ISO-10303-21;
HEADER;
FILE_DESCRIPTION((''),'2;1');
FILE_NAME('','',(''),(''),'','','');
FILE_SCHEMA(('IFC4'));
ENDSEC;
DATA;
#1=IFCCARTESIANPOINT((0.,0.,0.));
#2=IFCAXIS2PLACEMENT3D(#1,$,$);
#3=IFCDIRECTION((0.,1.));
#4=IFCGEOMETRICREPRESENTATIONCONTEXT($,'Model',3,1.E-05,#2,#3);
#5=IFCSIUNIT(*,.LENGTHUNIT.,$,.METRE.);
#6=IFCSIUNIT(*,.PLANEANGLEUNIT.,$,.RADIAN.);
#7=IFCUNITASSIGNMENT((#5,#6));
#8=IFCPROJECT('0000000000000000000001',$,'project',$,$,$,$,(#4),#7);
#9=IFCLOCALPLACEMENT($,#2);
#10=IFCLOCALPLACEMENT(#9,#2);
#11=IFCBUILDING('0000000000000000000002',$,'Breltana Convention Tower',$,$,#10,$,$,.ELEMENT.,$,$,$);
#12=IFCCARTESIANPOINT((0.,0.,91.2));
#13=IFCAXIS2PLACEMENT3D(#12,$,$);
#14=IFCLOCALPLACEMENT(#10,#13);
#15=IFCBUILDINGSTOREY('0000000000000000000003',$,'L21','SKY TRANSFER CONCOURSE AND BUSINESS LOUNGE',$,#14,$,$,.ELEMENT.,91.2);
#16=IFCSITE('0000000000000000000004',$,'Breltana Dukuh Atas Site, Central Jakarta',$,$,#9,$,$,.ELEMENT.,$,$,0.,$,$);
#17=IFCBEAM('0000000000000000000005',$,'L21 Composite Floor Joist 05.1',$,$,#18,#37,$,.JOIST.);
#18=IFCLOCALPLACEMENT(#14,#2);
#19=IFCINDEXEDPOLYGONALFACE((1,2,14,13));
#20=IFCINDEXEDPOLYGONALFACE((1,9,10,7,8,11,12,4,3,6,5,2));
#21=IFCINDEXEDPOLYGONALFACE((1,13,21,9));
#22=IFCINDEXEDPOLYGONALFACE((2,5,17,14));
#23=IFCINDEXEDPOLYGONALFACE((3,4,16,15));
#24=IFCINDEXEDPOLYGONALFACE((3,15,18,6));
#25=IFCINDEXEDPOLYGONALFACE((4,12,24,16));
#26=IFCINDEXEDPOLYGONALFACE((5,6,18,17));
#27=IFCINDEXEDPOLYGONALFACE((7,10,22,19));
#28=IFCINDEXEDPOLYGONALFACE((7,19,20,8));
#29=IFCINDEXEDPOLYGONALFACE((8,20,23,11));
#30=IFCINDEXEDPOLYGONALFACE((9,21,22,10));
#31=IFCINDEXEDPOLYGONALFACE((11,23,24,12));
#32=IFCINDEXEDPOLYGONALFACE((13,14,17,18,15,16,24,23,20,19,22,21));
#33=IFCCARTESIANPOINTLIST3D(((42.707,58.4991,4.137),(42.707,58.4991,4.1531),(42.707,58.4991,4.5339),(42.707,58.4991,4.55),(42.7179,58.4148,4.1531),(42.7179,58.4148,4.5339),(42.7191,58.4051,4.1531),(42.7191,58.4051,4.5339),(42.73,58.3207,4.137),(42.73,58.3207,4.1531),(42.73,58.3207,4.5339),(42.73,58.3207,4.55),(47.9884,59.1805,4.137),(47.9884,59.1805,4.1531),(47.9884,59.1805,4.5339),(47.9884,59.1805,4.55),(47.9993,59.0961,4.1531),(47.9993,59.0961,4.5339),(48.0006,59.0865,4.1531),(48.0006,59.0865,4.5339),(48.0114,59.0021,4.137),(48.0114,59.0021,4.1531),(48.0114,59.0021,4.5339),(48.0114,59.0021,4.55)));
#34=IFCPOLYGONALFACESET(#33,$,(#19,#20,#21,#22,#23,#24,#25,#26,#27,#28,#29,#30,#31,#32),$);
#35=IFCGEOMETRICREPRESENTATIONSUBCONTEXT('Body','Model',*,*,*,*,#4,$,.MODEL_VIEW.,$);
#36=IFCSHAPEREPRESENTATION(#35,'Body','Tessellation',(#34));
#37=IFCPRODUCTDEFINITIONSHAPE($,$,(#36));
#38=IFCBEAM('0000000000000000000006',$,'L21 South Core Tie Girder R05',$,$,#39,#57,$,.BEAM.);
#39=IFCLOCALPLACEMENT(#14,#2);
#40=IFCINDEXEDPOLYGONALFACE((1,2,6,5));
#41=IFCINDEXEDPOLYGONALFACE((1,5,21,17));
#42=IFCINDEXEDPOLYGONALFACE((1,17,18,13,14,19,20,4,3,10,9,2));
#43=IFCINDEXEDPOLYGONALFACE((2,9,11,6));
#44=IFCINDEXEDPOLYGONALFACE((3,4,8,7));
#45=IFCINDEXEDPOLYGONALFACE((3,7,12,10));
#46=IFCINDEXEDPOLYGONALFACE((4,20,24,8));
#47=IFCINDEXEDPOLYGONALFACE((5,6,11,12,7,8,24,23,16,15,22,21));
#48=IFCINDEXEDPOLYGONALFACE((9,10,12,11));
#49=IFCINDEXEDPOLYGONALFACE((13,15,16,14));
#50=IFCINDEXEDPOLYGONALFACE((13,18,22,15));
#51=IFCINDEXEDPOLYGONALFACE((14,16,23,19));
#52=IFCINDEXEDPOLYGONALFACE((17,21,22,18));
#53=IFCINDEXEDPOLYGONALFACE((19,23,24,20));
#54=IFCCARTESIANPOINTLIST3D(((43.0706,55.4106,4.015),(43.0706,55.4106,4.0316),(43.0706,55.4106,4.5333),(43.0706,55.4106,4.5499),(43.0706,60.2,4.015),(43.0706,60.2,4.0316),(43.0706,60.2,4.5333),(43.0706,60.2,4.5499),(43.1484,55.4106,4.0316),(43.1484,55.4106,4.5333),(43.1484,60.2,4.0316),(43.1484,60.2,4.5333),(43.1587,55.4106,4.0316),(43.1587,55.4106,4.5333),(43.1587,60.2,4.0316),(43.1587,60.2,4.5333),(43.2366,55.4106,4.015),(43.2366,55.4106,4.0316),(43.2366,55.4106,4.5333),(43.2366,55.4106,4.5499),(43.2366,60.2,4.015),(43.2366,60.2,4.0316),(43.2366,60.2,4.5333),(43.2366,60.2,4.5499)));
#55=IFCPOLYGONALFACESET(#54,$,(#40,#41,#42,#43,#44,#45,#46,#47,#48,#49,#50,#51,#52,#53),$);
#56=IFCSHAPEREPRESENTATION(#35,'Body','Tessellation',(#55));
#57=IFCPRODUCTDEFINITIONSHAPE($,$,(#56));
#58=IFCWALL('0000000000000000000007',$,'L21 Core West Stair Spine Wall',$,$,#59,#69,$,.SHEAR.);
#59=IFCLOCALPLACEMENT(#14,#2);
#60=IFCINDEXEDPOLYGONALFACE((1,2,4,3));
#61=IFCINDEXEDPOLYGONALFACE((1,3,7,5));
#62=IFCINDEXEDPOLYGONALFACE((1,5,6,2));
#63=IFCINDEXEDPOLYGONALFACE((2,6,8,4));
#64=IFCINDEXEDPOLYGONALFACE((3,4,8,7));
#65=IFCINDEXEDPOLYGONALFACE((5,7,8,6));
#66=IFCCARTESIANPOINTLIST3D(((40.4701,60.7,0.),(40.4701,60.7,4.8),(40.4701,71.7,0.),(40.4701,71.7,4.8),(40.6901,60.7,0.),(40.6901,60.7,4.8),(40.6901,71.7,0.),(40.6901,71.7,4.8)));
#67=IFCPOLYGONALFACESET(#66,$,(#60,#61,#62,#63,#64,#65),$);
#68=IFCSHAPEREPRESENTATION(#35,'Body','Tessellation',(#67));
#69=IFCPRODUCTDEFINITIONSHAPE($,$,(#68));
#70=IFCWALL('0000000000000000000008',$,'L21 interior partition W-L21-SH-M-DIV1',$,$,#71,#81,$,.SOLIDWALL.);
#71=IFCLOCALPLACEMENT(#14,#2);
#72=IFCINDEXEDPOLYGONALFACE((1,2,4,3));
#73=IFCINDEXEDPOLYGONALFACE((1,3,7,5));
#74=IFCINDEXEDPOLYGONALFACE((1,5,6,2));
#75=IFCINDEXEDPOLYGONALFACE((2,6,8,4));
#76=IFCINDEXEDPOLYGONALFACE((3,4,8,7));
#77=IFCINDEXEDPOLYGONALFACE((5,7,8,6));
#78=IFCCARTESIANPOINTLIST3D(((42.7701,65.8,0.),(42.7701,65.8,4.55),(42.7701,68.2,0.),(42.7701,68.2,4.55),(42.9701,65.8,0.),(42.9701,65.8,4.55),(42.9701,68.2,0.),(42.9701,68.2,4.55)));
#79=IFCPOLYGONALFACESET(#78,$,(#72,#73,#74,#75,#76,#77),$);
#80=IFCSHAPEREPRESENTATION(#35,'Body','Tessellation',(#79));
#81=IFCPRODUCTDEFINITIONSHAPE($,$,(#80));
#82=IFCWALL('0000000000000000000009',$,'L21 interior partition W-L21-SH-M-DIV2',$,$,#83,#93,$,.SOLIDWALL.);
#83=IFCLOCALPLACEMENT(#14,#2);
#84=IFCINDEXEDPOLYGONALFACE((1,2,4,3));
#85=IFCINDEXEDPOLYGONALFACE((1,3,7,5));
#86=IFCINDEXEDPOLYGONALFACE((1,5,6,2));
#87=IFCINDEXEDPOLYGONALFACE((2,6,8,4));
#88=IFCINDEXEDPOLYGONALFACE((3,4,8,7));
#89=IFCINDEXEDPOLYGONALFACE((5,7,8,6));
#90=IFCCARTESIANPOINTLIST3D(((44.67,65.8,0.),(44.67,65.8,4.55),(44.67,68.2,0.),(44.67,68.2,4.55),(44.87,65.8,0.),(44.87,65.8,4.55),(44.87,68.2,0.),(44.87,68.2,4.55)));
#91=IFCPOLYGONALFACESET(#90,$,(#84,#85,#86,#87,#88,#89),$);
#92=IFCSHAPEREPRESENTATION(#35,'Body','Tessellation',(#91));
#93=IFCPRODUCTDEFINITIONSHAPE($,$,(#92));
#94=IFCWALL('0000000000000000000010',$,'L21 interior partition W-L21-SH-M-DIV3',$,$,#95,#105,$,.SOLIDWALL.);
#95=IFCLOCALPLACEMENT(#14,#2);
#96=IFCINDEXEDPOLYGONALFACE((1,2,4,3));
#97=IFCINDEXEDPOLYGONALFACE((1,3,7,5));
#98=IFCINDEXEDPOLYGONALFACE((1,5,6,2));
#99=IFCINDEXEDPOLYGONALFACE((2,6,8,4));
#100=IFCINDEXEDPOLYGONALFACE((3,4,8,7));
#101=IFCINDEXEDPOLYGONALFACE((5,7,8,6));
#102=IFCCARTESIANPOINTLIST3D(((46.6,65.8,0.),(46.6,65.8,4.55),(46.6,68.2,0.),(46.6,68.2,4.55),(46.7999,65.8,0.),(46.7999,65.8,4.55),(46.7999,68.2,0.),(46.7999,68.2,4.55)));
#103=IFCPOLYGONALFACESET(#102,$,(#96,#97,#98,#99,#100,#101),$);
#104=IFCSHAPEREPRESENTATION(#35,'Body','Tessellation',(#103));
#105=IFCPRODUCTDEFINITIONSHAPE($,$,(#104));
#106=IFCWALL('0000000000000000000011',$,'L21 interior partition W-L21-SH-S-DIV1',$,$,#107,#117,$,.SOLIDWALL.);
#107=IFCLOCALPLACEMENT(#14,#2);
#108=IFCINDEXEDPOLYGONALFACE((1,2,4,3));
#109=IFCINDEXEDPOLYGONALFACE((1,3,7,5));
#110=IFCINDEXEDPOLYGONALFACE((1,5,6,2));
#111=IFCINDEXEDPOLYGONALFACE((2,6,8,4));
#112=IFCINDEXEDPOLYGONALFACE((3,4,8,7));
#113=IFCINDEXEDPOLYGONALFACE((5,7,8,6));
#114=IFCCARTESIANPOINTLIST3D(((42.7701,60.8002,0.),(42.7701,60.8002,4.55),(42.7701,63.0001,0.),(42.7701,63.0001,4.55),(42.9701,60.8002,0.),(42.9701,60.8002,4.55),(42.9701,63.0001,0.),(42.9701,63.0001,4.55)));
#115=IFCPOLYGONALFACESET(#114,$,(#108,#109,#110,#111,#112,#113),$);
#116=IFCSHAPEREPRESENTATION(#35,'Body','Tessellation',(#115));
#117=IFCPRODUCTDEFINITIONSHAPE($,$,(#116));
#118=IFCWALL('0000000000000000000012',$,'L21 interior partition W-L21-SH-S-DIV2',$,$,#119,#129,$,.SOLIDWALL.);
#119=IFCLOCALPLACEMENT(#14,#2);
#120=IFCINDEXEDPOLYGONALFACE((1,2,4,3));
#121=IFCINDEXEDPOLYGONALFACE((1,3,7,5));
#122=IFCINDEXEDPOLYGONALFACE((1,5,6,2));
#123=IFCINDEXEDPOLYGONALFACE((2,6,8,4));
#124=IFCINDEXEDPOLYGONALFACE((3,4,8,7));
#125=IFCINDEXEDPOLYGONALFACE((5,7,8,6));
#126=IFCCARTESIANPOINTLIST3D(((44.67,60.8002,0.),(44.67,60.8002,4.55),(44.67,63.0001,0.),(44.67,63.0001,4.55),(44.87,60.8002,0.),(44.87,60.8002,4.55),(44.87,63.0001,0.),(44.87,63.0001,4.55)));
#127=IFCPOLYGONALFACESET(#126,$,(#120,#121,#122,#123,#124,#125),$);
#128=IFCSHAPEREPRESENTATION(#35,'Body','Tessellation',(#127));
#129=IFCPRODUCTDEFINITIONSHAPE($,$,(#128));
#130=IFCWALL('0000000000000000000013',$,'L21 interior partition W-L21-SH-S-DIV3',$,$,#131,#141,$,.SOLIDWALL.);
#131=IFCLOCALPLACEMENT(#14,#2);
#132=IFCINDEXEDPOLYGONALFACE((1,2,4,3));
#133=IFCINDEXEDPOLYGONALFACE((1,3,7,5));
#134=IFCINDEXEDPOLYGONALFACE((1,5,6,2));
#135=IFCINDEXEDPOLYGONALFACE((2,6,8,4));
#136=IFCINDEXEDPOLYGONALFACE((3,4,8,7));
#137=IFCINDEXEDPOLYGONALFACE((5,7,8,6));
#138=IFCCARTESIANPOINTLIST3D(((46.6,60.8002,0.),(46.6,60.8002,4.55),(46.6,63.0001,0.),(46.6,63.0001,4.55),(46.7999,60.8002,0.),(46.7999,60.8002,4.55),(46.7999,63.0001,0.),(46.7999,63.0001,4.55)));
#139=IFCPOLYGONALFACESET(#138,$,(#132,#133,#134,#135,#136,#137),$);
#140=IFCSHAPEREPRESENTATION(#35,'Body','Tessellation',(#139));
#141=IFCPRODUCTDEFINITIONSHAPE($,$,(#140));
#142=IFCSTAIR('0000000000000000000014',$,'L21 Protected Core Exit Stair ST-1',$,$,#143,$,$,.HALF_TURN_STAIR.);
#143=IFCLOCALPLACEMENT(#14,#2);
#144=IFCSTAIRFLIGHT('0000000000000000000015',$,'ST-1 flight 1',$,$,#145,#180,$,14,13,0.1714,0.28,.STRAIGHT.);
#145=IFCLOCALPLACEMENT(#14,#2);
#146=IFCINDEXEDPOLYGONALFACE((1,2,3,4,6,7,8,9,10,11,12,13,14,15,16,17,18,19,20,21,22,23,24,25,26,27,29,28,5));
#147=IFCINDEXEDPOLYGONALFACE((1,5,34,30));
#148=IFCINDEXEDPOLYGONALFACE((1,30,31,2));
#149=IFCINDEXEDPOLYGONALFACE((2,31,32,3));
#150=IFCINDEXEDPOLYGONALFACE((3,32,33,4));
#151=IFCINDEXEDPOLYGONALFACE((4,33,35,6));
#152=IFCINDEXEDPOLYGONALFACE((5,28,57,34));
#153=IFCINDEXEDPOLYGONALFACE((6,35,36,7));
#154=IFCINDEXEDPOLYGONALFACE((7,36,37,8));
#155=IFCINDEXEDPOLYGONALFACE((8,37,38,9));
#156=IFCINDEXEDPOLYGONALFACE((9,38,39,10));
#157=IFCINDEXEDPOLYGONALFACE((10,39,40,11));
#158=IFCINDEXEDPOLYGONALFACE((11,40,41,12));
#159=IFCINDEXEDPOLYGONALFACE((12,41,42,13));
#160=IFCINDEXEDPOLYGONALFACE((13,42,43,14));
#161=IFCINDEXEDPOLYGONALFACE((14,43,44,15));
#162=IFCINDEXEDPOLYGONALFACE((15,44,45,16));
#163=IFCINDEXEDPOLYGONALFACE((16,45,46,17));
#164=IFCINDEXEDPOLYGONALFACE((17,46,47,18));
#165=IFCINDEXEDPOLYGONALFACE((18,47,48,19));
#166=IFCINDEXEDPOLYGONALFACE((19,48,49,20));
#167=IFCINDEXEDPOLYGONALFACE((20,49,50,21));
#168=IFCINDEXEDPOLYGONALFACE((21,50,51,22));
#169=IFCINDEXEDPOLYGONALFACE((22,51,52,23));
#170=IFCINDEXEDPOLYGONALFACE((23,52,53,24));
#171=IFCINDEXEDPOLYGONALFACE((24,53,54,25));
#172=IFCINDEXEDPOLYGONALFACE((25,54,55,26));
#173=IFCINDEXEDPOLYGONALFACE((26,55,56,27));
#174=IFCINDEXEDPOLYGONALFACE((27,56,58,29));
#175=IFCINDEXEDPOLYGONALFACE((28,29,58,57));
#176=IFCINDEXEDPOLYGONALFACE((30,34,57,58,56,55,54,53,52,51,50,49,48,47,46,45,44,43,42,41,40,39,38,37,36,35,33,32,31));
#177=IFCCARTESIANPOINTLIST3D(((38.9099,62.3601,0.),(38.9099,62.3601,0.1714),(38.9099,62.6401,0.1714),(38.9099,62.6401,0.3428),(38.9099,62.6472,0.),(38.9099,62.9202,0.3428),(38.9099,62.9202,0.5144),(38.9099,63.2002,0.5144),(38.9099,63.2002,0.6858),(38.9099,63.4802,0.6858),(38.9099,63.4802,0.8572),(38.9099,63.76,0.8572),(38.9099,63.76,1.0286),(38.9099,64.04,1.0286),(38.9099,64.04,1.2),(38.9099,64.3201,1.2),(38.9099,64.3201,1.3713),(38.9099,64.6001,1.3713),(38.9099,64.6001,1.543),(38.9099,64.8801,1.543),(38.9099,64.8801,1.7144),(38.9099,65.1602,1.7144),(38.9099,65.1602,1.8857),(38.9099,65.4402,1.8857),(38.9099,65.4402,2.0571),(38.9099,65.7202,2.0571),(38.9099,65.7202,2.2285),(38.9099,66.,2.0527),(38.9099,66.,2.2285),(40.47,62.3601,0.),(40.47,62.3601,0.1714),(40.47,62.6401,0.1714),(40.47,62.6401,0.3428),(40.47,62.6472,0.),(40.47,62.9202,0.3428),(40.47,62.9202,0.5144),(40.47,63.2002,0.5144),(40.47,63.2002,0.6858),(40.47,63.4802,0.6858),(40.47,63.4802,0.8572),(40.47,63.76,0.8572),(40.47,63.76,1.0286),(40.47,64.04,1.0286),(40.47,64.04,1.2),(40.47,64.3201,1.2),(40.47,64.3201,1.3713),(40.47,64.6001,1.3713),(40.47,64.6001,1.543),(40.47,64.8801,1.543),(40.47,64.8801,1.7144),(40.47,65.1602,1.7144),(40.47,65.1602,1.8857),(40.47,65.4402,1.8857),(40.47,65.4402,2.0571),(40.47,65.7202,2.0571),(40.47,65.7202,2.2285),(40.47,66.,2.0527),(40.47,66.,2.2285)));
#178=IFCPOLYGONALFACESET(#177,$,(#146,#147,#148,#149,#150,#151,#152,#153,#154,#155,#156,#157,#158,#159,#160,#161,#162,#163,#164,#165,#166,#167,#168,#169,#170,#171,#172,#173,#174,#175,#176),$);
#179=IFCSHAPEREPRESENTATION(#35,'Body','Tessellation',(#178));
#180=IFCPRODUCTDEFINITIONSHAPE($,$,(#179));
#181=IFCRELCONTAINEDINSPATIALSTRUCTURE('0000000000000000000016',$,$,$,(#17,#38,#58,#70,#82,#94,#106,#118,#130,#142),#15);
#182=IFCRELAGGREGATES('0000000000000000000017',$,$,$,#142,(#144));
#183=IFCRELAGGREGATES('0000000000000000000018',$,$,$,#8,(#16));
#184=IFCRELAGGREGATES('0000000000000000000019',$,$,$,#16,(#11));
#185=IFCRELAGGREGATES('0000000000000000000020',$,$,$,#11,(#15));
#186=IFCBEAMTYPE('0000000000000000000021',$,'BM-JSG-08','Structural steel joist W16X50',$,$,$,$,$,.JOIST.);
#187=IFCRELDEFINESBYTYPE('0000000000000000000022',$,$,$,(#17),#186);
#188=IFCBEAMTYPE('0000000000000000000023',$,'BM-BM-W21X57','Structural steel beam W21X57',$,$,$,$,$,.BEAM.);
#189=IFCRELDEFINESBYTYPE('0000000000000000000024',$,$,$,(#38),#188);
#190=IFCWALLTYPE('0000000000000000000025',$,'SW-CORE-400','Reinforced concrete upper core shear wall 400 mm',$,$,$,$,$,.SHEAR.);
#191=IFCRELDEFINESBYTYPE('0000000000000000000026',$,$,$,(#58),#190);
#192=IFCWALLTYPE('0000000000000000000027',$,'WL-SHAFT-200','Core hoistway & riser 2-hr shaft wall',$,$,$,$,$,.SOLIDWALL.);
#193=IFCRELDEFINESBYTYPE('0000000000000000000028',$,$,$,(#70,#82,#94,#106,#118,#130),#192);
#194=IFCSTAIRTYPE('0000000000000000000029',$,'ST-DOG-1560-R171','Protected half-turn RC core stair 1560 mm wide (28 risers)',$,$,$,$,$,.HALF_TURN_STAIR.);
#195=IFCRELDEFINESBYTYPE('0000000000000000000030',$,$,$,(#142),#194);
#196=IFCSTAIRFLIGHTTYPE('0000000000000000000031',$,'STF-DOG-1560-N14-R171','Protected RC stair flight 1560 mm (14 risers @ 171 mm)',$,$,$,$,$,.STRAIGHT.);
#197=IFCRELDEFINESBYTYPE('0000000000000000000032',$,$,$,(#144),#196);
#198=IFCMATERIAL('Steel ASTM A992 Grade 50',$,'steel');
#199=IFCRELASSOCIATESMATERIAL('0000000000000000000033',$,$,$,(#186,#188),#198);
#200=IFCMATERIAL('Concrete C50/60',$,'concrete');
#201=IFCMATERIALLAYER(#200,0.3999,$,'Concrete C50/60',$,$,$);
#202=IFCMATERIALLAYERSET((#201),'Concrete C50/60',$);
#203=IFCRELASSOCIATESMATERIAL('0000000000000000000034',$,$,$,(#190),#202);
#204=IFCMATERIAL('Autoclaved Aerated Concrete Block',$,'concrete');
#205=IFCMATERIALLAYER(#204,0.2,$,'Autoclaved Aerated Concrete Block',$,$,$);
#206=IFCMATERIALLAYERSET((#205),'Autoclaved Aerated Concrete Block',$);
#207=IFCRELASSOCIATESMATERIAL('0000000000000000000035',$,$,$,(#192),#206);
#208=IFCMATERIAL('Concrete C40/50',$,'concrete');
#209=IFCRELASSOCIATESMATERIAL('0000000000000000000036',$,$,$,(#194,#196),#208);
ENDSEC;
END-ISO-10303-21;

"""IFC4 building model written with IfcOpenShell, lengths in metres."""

from ifc_helpers import new_model, si_unit, direction, frame, frame_2d, origin, origin_2d, place, context, subcontext, project, spatial, polyline, rectangle, i_section, outline, extrude, source, transform, mapped, material, layer, layer_set, material_profile, profile_set, type_object, element, aggregate, save


model = new_model("IFC4")

# Units and contexts
model_context = context("Model", 3, precision=1e-05, world=origin(), true_north=direction((0.0, 1.0)))
body_context = subcontext(model_context, "Body", "Model", "MODEL_VIEW")
ifc_project = project(units=[si_unit("LENGTHUNIT", "METRE"), si_unit("PLANEANGLEUNIT", "RADIAN")], contexts=[model_context])

# Site, building, storey
site_placement = place(None, origin())
site = spatial("IfcSite", under=ifc_project, at=site_placement, Name="Breltana Dukuh Atas Site, Central Jakarta", CompositionType="ELEMENT", RefElevation=0.0)
building_placement = place(site_placement, origin())
building = spatial("IfcBuilding", under=site, at=building_placement, Name="Breltana Convention Tower", CompositionType="ELEMENT")
storey_placement = place(building_placement, frame((0.0, 0.0, 91.2)))
storey = spatial("IfcBuildingStorey", under=building, at=storey_placement, Name="L21", Description="SKY TRANSFER CONCOURSE AND BUSINESS LOUNGE", CompositionType="ELEMENT", Elevation=91.2)

# Beams
ifc_material_1 = material(Name="Steel ASTM A992 Grade 50", Category="steel")
ifc_material_profile_1 = material_profile(ifc_material_1, i_section(OverallWidth=0.1799, OverallDepth=0.4131, WebThickness=0.0098, FlangeThickness=0.0161, at=origin_2d()), Name="W16X50")
ifc_profile_set_1 = profile_set([ifc_material_profile_1], Name="Steel ASTM A992 Grade 50")
beam_type_1 = type_object("IfcBeamType", Name="BM-JSG-08", Description="Structural steel joist W16X50", PredefinedType="JOIST", material=ifc_profile_set_1)
shared_shape_1 = source(origin(), body_context, "Body", "SweptSolid", [
    extrude(i_section(OverallWidth=0.1799, OverallDepth=0.4131, WebThickness=0.0098, FlangeThickness=0.0161, at=origin_2d()), origin(), (0.0, 0.0, 1.0), 5.3252),
])
beam_1_placement = place(storey_placement, frame((42.7185, 58.4099, 4.3435), z_axis=(0.99178, 0.127955, 0.0), x_axis=(-0.127955, 0.99178, 0.0)))
element("IfcBeam", 1, at=beam_1_placement, inside=storey, type_object=beam_type_1, Name="L21 Composite Floor Joist 05.1", PredefinedType="JOIST", context=body_context, shape_type="MappedRepresentation", body=[
    mapped(shared_shape_1, transform((0.0, 0.0, 0.0), scale=1.0)),
])
ifc_material_profile_2 = material_profile(ifc_material_1, i_section(OverallWidth=0.166, OverallDepth=0.5349, WebThickness=0.0103, FlangeThickness=0.0166, at=origin_2d()), Name="W21X57")
ifc_profile_set_2 = profile_set([ifc_material_profile_2], Name="Steel ASTM A992 Grade 50")
beam_type_2 = type_object("IfcBeamType", Name="BM-BM-W21X57", Description="Structural steel beam W21X57", PredefinedType="BEAM", material=ifc_profile_set_2)
shared_shape_2 = source(origin(), body_context, "Body", "SweptSolid", [
    extrude(i_section(OverallWidth=0.166, OverallDepth=0.5349, WebThickness=0.0103, FlangeThickness=0.0166, at=origin_2d()), origin(), (0.0, 0.0, 1.0), 4.7893),
])
beam_2_placement = place(storey_placement, frame((43.1536, 60.2, 4.2825), z_axis=(0.0, -1.0, 0.0), x_axis=(1.0, 0.0, 0.0)))
element("IfcBeam", 2, at=beam_2_placement, inside=storey, type_object=beam_type_2, Name="L21 South Core Tie Girder R05", PredefinedType="BEAM", context=body_context, shape_type="MappedRepresentation", body=[
    mapped(shared_shape_2, transform((0.0, 0.0, 0.0), scale=1.0)),
])

# Walls
ifc_material_2 = material(Name="Concrete C50/60", Category="concrete")
ifc_layer_1 = layer(ifc_material_2, 0.3999, Name="Concrete C50/60")
ifc_layer_set_1 = layer_set([ifc_layer_1], Name="Concrete C50/60")
wall_type_1 = type_object("IfcWallType", Name="SW-CORE-400", Description="Reinforced concrete upper core shear wall 400 mm", PredefinedType="SHEAR", material=ifc_layer_set_1)
shared_shape_3 = source(origin(), body_context, "Body", "SweptSolid", [
    extrude(rectangle(XDim=11.0, YDim=0.22, at=frame_2d((5.5, 0.0))), origin(), (0.0, 0.0, 1.0), 4.8),
])
wall_1_placement = place(storey_placement, frame((40.5801, 60.7, 0.0), z_axis=(0.0, 0.0, 1.0), x_axis=(0.0, 1.0, 0.0)))
element("IfcWall", 3, at=wall_1_placement, inside=storey, type_object=wall_type_1, Name="L21 Core West Stair Spine Wall", PredefinedType="SHEAR", context=body_context, shape_type="MappedRepresentation", body=[
    mapped(shared_shape_3, transform((0.0, 0.0, 0.0), scale=1.0)),
])
ifc_material_3 = material(Name="Autoclaved Aerated Concrete Block", Category="concrete")
ifc_layer_2 = layer(ifc_material_3, 0.2, Name="Autoclaved Aerated Concrete Block")
ifc_layer_set_2 = layer_set([ifc_layer_2], Name="Autoclaved Aerated Concrete Block")
wall_type_2 = type_object("IfcWallType", Name="WL-SHAFT-200", Description="Core hoistway & riser 2-hr shaft wall", PredefinedType="SOLIDWALL", material=ifc_layer_set_2)
shared_shape_4 = source(origin(), body_context, "Body", "SweptSolid", [
    extrude(rectangle(XDim=2.3999, YDim=0.2, at=frame_2d((1.2, 0.0))), origin(), (0.0, 0.0, 1.0), 4.55),
])
for number, where, z_axis, x_axis, name in (
    (4, (42.8701, 65.8, 0.0), (0.0, 0.0, 1.0), (0.0, 1.0, 0.0), "L21 interior partition W-L21-SH-M-DIV1"),
    (5, (44.77, 65.8, 0.0), (0.0, 0.0, 1.0), (0.0, 1.0, 0.0), "L21 interior partition W-L21-SH-M-DIV2"),
    (6, (46.7, 65.8, 0.0), (0.0, 0.0, 1.0), (0.0, 1.0, 0.0), "L21 interior partition W-L21-SH-M-DIV3"),
):
    element("IfcWall", number, at=place(storey_placement, frame(where, z_axis=z_axis, x_axis=x_axis)), inside=storey, type_object=wall_type_2, Name=name, PredefinedType="SOLIDWALL", context=body_context, shape_type="MappedRepresentation", body=[
        mapped(shared_shape_4, transform((0.0, 0.0, 0.0), scale=1.0)),
    ])

# Walls
shared_shape_5 = source(origin(), body_context, "Body", "SweptSolid", [
    extrude(rectangle(XDim=2.2, YDim=0.2, at=frame_2d((1.1001, 0.0))), origin(), (0.0, 0.0, 1.0), 4.55),
])
for number, where, z_axis, x_axis, name in (
    (7, (42.8701, 60.8, 0.0), (0.0, 0.0, 1.0), (0.0, 1.0, 0.0), "L21 interior partition W-L21-SH-S-DIV1"),
    (8, (44.77, 60.8, 0.0), (0.0, 0.0, 1.0), (0.0, 1.0, 0.0), "L21 interior partition W-L21-SH-S-DIV2"),
    (9, (46.7, 60.8, 0.0), (0.0, 0.0, 1.0), (0.0, 1.0, 0.0), "L21 interior partition W-L21-SH-S-DIV3"),
):
    element("IfcWall", number, at=place(storey_placement, frame(where, z_axis=z_axis, x_axis=x_axis)), inside=storey, type_object=wall_type_2, Name=name, PredefinedType="SOLIDWALL", context=body_context, shape_type="MappedRepresentation", body=[
        mapped(shared_shape_5, transform((0.0, 0.0, 0.0), scale=1.0)),
    ])

# Stair, stair flight
ifc_material_4 = material(Name="Concrete C40/50", Category="concrete")
stair_type = type_object("IfcStairType", Name="ST-DOG-1560-R171", Description="Protected half-turn RC core stair 1560 mm wide (28 risers)", PredefinedType="HALF_TURN_STAIR", material=ifc_material_4)
stair_placement = place(storey_placement, origin())
stair = element("IfcStair", 10, at=stair_placement, inside=storey, type_object=stair_type, Name="L21 Protected Core Exit Stair ST-1", PredefinedType="HALF_TURN_STAIR")
stair_flight_type = type_object("IfcStairFlightType", Name="STF-DOG-1560-N14-R171", Description="Protected RC stair flight 1560 mm (14 risers @ 171 mm)", PredefinedType="STRAIGHT", material=ifc_material_4)
stair_flight_1_placement = place(storey_placement, frame((39.6899, 62.3601, 0.0), z_axis=(0.0, 0.0, 1.0), x_axis=(0.0, 1.0, 0.0)))
stair_flight_1 = element("IfcStairFlight", 11, at=stair_flight_1_placement, type_object=stair_flight_type, Name="ST-1 flight 1", NumberOfRisers=14, NumberOfTreads=13, PredefinedType="STRAIGHT", RiserHeight=0.1714, TreadLength=0.28, context=body_context, shape_type="SweptSolid", body=[
    extrude(outline(polyline([(0.0, 0.0), (0.0, 0.1714), (0.28, 0.1714), (0.28, 0.3428), (0.5601, 0.3428), (0.5601, 0.5144), (0.8401, 0.5144), (0.8401, 0.6858), (1.1201, 0.6858), (1.1201, 0.8572), (1.3999, 0.8572), (1.3999, 1.0286), (1.6799, 1.0286), (1.6799, 1.2), (1.96, 1.2), (1.96, 1.3713), (2.24, 1.3713), (2.24, 1.543), (2.52, 1.543), (2.52, 1.7144), (2.8, 1.7144), (2.8, 1.8857), (3.0801, 1.8857), (3.0801, 2.0571), (3.3601, 2.0571), (3.3601, 2.2285), (3.6399, 2.2285), (3.6399, 2.3999), (3.6399, 2.0527), (0.2871, 0.0), (0.0, 0.0)])), frame((0.0, 0.78, 0.0), z_axis=(0.0, -1.0, 0.0), x_axis=(1.0, 0.0, 0.0)), (0.0, 0.0, 1.0), 1.5601),
])
aggregate(stair, [stair_flight_1])

save(model, "model.ifc")
